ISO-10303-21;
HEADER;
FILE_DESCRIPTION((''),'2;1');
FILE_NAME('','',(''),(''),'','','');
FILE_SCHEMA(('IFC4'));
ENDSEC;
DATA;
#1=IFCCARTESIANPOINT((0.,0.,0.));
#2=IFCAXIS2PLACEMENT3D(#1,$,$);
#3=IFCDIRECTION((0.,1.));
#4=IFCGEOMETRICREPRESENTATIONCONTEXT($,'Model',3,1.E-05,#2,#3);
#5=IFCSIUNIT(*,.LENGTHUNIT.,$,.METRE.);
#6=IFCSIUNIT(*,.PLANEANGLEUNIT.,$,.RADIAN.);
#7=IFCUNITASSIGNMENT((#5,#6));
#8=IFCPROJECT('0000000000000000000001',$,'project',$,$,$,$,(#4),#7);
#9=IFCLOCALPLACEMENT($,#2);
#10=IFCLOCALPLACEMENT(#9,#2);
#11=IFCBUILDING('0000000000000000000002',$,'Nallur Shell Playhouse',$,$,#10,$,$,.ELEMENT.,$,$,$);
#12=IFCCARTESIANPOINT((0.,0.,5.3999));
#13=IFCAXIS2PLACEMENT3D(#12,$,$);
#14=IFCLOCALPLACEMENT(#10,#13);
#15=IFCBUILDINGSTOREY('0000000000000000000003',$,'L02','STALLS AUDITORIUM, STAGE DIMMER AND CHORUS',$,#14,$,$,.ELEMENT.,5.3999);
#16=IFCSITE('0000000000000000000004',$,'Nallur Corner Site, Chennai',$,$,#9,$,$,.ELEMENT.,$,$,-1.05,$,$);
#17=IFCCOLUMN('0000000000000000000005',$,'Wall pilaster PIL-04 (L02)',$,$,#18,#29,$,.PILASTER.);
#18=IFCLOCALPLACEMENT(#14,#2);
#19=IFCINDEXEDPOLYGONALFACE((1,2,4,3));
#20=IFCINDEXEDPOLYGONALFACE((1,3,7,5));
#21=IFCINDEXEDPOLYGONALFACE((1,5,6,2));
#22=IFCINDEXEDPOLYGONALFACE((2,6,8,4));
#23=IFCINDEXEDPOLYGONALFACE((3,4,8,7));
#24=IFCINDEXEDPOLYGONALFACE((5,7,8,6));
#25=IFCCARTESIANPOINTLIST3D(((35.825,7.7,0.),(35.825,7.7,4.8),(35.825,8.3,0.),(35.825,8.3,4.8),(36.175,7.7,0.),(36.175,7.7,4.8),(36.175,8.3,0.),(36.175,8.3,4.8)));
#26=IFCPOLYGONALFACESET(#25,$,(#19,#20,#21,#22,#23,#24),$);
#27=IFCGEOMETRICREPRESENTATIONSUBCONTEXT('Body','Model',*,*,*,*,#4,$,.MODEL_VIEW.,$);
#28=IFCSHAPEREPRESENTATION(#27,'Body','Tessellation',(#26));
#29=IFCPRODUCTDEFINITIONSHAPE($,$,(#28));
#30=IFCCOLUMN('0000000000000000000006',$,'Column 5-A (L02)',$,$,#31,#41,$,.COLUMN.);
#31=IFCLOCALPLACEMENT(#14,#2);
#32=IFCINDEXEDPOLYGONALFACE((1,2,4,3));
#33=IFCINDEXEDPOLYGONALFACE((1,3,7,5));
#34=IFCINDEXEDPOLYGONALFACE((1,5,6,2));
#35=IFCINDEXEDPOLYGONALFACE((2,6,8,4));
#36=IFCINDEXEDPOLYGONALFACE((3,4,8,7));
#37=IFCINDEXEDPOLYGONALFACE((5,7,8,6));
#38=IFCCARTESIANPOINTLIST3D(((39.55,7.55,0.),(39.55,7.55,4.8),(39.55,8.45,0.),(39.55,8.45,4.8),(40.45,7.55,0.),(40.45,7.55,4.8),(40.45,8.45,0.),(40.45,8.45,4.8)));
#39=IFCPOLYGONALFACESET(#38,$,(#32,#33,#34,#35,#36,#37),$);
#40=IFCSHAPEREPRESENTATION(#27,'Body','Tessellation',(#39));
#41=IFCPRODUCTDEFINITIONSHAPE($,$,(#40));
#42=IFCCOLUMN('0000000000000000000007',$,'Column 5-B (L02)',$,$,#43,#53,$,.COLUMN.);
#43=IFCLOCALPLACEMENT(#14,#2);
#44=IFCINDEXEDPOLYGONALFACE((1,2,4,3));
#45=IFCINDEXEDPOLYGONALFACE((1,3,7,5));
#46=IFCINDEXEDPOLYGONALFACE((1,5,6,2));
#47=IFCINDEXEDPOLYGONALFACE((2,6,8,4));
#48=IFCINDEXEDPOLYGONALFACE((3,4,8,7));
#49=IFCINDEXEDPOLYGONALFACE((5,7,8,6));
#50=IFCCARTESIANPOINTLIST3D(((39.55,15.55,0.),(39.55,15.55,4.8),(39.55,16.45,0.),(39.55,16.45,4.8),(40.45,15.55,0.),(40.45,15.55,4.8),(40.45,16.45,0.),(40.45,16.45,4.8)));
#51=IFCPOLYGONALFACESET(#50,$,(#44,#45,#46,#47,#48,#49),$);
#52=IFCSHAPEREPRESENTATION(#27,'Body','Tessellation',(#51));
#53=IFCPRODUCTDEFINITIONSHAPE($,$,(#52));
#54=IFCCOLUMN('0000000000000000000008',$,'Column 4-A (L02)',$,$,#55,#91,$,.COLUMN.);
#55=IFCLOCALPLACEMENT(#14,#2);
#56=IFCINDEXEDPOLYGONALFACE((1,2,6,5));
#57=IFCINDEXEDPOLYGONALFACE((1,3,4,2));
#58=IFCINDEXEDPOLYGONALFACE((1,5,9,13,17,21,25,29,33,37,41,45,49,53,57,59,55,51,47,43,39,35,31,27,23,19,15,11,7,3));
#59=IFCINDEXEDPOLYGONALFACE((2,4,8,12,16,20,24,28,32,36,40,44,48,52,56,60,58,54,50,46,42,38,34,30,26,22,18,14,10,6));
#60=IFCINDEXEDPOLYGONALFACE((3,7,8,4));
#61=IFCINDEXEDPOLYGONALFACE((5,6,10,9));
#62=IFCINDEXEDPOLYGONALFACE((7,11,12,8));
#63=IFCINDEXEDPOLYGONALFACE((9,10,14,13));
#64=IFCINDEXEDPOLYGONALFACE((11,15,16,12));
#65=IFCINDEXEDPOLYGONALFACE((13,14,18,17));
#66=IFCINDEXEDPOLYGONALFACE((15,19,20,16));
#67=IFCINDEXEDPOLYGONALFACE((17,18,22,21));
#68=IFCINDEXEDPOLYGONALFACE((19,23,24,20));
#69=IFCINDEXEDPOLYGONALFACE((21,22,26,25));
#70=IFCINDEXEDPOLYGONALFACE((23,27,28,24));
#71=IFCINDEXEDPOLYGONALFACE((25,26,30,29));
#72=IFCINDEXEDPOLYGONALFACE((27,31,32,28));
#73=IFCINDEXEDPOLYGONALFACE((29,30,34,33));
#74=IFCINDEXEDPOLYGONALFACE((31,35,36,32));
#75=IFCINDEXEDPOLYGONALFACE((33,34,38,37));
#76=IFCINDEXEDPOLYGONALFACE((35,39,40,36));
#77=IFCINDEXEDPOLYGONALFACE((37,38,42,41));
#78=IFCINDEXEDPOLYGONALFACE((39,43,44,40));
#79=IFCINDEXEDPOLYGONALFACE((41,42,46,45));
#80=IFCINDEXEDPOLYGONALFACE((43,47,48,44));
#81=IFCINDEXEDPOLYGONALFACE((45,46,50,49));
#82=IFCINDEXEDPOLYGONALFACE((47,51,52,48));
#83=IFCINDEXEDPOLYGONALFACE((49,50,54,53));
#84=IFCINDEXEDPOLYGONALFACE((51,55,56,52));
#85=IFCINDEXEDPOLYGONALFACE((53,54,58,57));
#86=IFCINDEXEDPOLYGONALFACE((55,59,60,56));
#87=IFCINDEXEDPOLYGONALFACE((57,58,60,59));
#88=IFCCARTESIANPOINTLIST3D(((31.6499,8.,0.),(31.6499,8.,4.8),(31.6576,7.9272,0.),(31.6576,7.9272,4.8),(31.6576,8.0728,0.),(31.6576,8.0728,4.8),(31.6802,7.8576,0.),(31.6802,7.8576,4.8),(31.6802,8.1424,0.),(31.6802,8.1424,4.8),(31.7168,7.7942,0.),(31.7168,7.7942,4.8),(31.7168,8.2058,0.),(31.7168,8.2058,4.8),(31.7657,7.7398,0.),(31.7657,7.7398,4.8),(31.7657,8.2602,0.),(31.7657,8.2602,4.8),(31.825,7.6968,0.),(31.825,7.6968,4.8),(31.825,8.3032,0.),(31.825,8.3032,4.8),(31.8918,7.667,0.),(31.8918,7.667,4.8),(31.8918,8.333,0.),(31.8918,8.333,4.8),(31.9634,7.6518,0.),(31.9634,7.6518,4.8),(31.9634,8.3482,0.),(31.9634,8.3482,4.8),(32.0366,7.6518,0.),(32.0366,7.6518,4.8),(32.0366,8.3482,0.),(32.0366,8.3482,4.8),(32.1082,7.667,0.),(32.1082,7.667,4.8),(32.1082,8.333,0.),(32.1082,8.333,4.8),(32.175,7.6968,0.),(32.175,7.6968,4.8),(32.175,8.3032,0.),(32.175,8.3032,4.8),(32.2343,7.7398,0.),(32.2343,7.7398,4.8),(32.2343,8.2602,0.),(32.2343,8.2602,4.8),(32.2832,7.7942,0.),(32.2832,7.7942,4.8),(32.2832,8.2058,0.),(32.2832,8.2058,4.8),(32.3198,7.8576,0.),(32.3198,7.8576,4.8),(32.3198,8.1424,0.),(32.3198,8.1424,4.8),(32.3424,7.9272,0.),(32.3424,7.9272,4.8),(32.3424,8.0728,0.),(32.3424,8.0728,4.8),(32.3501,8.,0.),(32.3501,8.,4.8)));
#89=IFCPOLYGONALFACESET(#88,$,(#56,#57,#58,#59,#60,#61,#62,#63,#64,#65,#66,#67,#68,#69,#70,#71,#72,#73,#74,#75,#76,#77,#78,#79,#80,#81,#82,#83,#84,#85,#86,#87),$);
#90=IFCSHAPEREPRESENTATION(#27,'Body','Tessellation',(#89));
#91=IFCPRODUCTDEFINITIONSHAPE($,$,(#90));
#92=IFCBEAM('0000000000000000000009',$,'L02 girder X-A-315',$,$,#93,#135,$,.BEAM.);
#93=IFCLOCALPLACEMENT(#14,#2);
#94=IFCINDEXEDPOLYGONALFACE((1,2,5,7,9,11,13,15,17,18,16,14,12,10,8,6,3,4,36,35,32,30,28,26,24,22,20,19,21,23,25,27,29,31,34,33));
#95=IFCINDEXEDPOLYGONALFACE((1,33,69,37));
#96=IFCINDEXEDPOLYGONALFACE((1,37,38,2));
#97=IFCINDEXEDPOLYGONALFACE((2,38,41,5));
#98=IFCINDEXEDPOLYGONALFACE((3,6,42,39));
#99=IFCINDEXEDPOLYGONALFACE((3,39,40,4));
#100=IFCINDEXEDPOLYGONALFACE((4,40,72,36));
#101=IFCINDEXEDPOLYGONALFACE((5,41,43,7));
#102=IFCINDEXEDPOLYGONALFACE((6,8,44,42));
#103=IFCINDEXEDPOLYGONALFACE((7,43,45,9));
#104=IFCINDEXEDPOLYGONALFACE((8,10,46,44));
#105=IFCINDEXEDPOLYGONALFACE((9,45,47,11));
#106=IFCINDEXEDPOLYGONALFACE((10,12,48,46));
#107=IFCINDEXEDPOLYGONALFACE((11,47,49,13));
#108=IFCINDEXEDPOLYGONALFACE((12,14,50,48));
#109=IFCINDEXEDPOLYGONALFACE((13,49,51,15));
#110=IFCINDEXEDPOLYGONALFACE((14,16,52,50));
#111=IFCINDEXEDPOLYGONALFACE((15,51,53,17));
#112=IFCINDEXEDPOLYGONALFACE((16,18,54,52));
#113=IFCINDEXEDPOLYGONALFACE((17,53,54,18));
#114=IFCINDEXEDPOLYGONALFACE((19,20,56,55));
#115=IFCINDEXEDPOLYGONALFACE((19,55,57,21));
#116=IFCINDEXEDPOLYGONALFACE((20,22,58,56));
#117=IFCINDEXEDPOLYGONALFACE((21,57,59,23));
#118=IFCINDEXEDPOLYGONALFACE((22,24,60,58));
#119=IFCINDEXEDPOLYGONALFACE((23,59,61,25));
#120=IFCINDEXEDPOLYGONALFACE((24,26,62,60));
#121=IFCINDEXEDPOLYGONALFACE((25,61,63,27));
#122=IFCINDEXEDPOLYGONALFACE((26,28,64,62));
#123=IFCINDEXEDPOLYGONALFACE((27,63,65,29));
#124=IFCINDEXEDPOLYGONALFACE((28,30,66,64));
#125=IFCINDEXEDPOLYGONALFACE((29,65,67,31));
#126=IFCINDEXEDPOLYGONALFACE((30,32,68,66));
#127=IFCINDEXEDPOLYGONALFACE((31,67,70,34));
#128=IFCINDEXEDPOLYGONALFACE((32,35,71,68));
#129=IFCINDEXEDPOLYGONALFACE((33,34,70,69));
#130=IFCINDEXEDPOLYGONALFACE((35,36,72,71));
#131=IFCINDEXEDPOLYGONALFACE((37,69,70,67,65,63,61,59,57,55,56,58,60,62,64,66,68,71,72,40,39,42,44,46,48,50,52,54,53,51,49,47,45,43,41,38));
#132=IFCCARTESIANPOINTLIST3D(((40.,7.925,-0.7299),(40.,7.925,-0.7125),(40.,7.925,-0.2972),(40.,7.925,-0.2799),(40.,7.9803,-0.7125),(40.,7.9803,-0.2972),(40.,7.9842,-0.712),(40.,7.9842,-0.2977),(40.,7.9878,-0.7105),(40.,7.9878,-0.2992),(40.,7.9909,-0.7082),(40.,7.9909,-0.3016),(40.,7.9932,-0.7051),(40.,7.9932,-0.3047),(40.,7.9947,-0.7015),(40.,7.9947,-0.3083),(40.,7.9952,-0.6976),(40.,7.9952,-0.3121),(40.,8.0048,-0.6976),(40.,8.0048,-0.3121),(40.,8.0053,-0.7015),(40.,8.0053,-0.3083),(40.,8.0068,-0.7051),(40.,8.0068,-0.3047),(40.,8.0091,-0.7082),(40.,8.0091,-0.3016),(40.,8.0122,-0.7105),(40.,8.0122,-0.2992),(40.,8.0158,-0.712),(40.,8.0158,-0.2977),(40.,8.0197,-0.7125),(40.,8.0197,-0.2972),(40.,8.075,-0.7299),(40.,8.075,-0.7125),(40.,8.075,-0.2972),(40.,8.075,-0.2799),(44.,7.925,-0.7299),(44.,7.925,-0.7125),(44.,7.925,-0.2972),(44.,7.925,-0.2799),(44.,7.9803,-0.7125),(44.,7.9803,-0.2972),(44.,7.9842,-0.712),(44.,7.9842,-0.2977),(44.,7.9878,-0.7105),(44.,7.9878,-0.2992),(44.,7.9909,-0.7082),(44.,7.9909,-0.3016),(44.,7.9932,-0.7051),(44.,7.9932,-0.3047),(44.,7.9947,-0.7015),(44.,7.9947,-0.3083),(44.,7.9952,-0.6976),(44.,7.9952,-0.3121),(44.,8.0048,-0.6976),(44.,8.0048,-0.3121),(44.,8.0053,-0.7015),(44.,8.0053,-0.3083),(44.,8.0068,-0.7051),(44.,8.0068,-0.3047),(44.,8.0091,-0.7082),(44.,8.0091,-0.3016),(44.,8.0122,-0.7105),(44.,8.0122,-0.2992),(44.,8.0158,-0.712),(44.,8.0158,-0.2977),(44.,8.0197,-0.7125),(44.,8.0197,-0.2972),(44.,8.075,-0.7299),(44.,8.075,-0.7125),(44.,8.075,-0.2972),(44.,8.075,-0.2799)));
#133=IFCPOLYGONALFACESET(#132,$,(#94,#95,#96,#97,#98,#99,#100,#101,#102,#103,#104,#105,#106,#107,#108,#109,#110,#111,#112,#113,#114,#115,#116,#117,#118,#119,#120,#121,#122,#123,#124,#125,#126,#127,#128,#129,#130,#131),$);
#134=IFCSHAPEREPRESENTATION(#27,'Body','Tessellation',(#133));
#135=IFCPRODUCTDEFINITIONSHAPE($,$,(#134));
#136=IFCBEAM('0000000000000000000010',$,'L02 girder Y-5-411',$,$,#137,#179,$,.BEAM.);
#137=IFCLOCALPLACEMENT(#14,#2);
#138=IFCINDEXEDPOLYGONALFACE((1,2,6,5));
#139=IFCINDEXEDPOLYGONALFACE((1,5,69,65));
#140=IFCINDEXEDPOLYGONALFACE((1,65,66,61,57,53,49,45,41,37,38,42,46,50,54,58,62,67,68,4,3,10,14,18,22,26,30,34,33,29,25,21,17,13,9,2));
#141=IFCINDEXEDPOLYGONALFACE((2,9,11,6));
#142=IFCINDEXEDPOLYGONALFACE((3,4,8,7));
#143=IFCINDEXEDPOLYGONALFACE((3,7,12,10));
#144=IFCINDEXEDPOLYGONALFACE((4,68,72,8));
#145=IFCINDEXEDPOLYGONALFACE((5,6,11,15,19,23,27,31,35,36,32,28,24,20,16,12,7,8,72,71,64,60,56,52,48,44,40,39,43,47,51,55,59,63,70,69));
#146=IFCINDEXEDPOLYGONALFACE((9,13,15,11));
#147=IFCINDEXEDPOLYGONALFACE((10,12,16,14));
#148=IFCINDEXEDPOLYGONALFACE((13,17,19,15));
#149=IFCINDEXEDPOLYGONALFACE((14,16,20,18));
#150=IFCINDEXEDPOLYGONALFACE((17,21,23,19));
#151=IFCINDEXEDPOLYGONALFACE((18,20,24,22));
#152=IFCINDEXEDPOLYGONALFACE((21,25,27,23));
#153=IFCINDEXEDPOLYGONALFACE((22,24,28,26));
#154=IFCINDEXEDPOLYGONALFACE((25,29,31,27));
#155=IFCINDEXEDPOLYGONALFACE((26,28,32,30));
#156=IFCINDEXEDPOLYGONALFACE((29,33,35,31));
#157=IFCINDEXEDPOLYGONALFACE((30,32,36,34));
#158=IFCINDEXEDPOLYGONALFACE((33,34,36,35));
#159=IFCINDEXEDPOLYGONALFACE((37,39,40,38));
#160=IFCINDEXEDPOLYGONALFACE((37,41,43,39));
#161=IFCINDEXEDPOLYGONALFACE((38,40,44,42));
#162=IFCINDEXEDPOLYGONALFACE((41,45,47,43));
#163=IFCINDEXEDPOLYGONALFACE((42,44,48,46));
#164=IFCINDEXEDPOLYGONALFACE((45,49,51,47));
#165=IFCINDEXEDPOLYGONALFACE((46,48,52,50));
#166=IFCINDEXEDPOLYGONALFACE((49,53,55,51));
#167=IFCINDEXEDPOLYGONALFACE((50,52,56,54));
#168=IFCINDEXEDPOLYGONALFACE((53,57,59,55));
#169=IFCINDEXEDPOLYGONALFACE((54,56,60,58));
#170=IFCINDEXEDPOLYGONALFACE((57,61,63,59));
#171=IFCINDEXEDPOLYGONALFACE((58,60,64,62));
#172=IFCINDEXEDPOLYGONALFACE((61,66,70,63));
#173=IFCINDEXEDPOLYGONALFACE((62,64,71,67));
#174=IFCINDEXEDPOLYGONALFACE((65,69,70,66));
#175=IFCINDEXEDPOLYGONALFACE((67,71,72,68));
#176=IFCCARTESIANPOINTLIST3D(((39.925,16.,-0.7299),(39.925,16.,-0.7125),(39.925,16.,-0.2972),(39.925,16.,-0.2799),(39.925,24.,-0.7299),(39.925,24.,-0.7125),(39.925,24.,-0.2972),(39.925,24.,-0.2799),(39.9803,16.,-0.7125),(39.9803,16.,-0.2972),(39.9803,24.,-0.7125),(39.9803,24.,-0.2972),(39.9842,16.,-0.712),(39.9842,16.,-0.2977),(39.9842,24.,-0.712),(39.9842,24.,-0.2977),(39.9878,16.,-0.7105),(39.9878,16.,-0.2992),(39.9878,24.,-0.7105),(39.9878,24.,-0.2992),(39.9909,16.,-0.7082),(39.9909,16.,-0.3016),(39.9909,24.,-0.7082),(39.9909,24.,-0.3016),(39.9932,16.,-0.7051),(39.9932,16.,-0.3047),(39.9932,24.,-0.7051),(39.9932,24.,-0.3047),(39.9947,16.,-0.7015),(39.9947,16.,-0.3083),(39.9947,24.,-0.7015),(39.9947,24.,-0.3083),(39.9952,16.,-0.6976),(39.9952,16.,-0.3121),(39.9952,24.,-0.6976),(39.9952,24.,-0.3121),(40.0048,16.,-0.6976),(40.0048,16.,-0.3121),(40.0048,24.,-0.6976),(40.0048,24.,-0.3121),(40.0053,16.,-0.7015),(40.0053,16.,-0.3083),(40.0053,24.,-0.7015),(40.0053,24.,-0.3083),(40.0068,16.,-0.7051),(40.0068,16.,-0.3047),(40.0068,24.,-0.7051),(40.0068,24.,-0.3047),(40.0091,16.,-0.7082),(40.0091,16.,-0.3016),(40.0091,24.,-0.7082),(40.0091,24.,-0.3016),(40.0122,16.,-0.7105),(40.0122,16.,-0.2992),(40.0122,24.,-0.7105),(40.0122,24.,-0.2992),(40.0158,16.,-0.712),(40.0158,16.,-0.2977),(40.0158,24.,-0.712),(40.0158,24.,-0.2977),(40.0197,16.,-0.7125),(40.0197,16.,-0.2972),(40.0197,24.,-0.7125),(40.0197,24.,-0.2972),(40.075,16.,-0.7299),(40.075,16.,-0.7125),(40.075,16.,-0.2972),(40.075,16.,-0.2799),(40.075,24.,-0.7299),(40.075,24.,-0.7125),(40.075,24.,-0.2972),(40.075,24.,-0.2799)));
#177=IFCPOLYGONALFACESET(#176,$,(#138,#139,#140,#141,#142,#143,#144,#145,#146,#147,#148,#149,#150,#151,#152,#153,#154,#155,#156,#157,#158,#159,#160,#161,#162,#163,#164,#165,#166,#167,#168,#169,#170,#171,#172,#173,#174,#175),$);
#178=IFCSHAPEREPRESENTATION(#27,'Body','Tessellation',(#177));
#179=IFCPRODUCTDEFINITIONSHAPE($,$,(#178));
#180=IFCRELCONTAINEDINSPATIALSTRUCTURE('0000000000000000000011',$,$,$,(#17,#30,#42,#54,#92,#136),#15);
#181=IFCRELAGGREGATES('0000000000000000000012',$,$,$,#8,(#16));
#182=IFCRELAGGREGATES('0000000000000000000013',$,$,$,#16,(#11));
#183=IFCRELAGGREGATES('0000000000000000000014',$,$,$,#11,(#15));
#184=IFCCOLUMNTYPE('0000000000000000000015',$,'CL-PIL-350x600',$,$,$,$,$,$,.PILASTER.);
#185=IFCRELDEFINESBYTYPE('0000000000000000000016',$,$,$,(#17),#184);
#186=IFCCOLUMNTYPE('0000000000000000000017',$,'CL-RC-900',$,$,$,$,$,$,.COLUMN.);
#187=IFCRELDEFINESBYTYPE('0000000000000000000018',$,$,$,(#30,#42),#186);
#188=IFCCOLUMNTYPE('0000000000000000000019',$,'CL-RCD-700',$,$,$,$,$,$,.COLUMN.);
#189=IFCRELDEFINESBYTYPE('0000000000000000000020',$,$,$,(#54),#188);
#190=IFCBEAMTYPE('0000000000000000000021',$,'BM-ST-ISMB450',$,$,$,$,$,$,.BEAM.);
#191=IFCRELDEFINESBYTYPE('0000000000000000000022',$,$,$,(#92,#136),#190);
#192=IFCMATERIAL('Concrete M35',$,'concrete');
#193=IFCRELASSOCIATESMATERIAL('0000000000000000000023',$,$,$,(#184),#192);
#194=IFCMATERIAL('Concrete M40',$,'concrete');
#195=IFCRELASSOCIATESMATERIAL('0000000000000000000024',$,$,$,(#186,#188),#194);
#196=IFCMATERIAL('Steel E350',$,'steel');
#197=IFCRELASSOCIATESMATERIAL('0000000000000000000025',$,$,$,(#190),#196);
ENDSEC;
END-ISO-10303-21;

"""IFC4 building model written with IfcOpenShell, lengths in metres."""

from ifc_helpers import new_model, si_unit, direction, frame, origin, origin_2d, place, context, subcontext, project, spatial, rectangle, circle, i_section, extrude, material, material_profile, profile_set, type_object, element, save


model = new_model("IFC4")

# Units and contexts
model_context = context("Model", 3, precision=1e-05, world=origin(), true_north=direction((0.0, 1.0)))
body_context = subcontext(model_context, "Body", "Model", "MODEL_VIEW")
ifc_project = project(units=[si_unit("LENGTHUNIT", "METRE"), si_unit("PLANEANGLEUNIT", "RADIAN")], contexts=[model_context])

# Site, building, storey
site_placement = place(None, origin())
site = spatial("IfcSite", under=ifc_project, at=site_placement, Name="Nallur Corner Site, Chennai", CompositionType="ELEMENT", RefElevation=-1.05)
building_placement = place(site_placement, origin())
building = spatial("IfcBuilding", under=site, at=building_placement, Name="Nallur Shell Playhouse", CompositionType="ELEMENT")
storey_placement = place(building_placement, frame((0.0, 0.0, 5.3999)))
storey = spatial("IfcBuildingStorey", under=building, at=storey_placement, Name="L02", Description="STALLS AUDITORIUM, STAGE DIMMER AND CHORUS", CompositionType="ELEMENT", Elevation=5.3999)

# Columns
ifc_material_1 = material(Name="Concrete M35", Category="concrete")
ifc_material_profile_1 = material_profile(ifc_material_1, rectangle(XDim=0.3501, YDim=0.6001, at=origin_2d()), Name="RC 350x600")
ifc_profile_set_1 = profile_set([ifc_material_profile_1], Name="Concrete M35")
column_type_1 = type_object("IfcColumnType", Name="CL-PIL-350x600", PredefinedType="PILASTER", material=ifc_profile_set_1)
column_1_placement = place(storey_placement, frame((36.0, 8.0, 0.0), z_axis=(0.0, 0.0, 1.0), x_axis=(1.0, 0.0, 0.0)))
element("IfcColumn", 1, at=column_1_placement, inside=storey, type_object=column_type_1, Name="Wall pilaster PIL-04 (L02)", PredefinedType="PILASTER", context=body_context, shape_type="SweptSolid", body=[
    extrude(rectangle(XDim=0.3501, YDim=0.6001, at=origin_2d()), origin(), (0.0, 0.0, 1.0), 4.8),
])
ifc_material_2 = material(Name="Concrete M40", Category="concrete")
ifc_material_profile_2 = material_profile(ifc_material_2, rectangle(XDim=0.8999, YDim=0.8999, at=origin_2d()), Name="RC 900x900")
ifc_profile_set_2 = profile_set([ifc_material_profile_2], Name="Concrete M40")
column_type_2 = type_object("IfcColumnType", Name="CL-RC-900", PredefinedType="COLUMN", material=ifc_profile_set_2)
for number, where, z_axis, x_axis, name in (
    (2, (40.0, 8.0, 0.0), (0.0, 0.0, 1.0), (1.0, 0.0, 0.0), "Column 5-A (L02)"),
    (3, (40.0, 16.0, 0.0), (0.0, 0.0, 1.0), (1.0, 0.0, 0.0), "Column 5-B (L02)"),
):
    element("IfcColumn", number, at=place(storey_placement, frame(where, z_axis=z_axis, x_axis=x_axis)), inside=storey, type_object=column_type_2, Name=name, PredefinedType="COLUMN", context=body_context, shape_type="SweptSolid", body=[
        extrude(rectangle(XDim=0.8999, YDim=0.8999, at=origin_2d()), origin(), (0.0, 0.0, 1.0), 4.8),
    ])
ifc_material_profile_3 = material_profile(ifc_material_2, circle(Radius=0.3501, at=origin_2d()), Name="RC D700")
ifc_profile_set_3 = profile_set([ifc_material_profile_3], Name="Concrete M40")
column_type_3 = type_object("IfcColumnType", Name="CL-RCD-700", PredefinedType="COLUMN", material=ifc_profile_set_3)
column_2_placement = place(storey_placement, frame((32.0, 8.0, 0.0), z_axis=(0.0, 0.0, 1.0), x_axis=(1.0, 0.0, 0.0)))
element("IfcColumn", 4, at=column_2_placement, inside=storey, type_object=column_type_3, Name="Column 4-A (L02)", PredefinedType="COLUMN", context=body_context, shape_type="SweptSolid", body=[
    extrude(circle(Radius=0.3501, at=origin_2d()), origin(), (0.0, 0.0, 1.0), 4.8),
])

# Beams
ifc_material_3 = material(Name="Steel E350", Category="steel")
ifc_material_profile_4 = material_profile(ifc_material_3, i_section(OverallWidth=0.1499, OverallDepth=0.45, WebThickness=0.0095, FlangeThickness=0.0173, FilletRadius=0.0149, at=origin_2d()), Name="ISMB 450")
ifc_profile_set_4 = profile_set([ifc_material_profile_4], Name="Steel E350")
beam_type_1 = type_object("IfcBeamType", Name="BM-ST-ISMB450", PredefinedType="BEAM", material=ifc_profile_set_4)
beam_1_placement = place(storey_placement, frame((40.0, 8.0, -0.5049), z_axis=(1.0, 0.0, 0.0), x_axis=(0.0, 1.0, 0.0)))
element("IfcBeam", 5, at=beam_1_placement, inside=storey, type_object=beam_type_1, Name="L02 girder X-A-315", PredefinedType="BEAM", context=body_context, shape_type="SweptSolid", body=[
    extrude(i_section(OverallWidth=0.1499, OverallDepth=0.45, WebThickness=0.0095, FlangeThickness=0.0173, FilletRadius=0.0149, at=origin_2d()), origin(), (0.0, 0.0, 1.0), 4.0),
])
beam_2_placement = place(storey_placement, frame((40.0, 16.0, -0.5049), z_axis=(0.0, 1.0, 0.0), x_axis=(-1.0, 0.0, 0.0)))
element("IfcBeam", 6, at=beam_2_placement, inside=storey, type_object=beam_type_1, Name="L02 girder Y-5-411", PredefinedType="BEAM", context=body_context, shape_type="SweptSolid", body=[
    extrude(i_section(OverallWidth=0.1499, OverallDepth=0.45, WebThickness=0.0095, FlangeThickness=0.0173, FilletRadius=0.0149, at=origin_2d()), origin(), (0.0, 0.0, 1.0), 8.0),
])

save(model, "model.ifc")
